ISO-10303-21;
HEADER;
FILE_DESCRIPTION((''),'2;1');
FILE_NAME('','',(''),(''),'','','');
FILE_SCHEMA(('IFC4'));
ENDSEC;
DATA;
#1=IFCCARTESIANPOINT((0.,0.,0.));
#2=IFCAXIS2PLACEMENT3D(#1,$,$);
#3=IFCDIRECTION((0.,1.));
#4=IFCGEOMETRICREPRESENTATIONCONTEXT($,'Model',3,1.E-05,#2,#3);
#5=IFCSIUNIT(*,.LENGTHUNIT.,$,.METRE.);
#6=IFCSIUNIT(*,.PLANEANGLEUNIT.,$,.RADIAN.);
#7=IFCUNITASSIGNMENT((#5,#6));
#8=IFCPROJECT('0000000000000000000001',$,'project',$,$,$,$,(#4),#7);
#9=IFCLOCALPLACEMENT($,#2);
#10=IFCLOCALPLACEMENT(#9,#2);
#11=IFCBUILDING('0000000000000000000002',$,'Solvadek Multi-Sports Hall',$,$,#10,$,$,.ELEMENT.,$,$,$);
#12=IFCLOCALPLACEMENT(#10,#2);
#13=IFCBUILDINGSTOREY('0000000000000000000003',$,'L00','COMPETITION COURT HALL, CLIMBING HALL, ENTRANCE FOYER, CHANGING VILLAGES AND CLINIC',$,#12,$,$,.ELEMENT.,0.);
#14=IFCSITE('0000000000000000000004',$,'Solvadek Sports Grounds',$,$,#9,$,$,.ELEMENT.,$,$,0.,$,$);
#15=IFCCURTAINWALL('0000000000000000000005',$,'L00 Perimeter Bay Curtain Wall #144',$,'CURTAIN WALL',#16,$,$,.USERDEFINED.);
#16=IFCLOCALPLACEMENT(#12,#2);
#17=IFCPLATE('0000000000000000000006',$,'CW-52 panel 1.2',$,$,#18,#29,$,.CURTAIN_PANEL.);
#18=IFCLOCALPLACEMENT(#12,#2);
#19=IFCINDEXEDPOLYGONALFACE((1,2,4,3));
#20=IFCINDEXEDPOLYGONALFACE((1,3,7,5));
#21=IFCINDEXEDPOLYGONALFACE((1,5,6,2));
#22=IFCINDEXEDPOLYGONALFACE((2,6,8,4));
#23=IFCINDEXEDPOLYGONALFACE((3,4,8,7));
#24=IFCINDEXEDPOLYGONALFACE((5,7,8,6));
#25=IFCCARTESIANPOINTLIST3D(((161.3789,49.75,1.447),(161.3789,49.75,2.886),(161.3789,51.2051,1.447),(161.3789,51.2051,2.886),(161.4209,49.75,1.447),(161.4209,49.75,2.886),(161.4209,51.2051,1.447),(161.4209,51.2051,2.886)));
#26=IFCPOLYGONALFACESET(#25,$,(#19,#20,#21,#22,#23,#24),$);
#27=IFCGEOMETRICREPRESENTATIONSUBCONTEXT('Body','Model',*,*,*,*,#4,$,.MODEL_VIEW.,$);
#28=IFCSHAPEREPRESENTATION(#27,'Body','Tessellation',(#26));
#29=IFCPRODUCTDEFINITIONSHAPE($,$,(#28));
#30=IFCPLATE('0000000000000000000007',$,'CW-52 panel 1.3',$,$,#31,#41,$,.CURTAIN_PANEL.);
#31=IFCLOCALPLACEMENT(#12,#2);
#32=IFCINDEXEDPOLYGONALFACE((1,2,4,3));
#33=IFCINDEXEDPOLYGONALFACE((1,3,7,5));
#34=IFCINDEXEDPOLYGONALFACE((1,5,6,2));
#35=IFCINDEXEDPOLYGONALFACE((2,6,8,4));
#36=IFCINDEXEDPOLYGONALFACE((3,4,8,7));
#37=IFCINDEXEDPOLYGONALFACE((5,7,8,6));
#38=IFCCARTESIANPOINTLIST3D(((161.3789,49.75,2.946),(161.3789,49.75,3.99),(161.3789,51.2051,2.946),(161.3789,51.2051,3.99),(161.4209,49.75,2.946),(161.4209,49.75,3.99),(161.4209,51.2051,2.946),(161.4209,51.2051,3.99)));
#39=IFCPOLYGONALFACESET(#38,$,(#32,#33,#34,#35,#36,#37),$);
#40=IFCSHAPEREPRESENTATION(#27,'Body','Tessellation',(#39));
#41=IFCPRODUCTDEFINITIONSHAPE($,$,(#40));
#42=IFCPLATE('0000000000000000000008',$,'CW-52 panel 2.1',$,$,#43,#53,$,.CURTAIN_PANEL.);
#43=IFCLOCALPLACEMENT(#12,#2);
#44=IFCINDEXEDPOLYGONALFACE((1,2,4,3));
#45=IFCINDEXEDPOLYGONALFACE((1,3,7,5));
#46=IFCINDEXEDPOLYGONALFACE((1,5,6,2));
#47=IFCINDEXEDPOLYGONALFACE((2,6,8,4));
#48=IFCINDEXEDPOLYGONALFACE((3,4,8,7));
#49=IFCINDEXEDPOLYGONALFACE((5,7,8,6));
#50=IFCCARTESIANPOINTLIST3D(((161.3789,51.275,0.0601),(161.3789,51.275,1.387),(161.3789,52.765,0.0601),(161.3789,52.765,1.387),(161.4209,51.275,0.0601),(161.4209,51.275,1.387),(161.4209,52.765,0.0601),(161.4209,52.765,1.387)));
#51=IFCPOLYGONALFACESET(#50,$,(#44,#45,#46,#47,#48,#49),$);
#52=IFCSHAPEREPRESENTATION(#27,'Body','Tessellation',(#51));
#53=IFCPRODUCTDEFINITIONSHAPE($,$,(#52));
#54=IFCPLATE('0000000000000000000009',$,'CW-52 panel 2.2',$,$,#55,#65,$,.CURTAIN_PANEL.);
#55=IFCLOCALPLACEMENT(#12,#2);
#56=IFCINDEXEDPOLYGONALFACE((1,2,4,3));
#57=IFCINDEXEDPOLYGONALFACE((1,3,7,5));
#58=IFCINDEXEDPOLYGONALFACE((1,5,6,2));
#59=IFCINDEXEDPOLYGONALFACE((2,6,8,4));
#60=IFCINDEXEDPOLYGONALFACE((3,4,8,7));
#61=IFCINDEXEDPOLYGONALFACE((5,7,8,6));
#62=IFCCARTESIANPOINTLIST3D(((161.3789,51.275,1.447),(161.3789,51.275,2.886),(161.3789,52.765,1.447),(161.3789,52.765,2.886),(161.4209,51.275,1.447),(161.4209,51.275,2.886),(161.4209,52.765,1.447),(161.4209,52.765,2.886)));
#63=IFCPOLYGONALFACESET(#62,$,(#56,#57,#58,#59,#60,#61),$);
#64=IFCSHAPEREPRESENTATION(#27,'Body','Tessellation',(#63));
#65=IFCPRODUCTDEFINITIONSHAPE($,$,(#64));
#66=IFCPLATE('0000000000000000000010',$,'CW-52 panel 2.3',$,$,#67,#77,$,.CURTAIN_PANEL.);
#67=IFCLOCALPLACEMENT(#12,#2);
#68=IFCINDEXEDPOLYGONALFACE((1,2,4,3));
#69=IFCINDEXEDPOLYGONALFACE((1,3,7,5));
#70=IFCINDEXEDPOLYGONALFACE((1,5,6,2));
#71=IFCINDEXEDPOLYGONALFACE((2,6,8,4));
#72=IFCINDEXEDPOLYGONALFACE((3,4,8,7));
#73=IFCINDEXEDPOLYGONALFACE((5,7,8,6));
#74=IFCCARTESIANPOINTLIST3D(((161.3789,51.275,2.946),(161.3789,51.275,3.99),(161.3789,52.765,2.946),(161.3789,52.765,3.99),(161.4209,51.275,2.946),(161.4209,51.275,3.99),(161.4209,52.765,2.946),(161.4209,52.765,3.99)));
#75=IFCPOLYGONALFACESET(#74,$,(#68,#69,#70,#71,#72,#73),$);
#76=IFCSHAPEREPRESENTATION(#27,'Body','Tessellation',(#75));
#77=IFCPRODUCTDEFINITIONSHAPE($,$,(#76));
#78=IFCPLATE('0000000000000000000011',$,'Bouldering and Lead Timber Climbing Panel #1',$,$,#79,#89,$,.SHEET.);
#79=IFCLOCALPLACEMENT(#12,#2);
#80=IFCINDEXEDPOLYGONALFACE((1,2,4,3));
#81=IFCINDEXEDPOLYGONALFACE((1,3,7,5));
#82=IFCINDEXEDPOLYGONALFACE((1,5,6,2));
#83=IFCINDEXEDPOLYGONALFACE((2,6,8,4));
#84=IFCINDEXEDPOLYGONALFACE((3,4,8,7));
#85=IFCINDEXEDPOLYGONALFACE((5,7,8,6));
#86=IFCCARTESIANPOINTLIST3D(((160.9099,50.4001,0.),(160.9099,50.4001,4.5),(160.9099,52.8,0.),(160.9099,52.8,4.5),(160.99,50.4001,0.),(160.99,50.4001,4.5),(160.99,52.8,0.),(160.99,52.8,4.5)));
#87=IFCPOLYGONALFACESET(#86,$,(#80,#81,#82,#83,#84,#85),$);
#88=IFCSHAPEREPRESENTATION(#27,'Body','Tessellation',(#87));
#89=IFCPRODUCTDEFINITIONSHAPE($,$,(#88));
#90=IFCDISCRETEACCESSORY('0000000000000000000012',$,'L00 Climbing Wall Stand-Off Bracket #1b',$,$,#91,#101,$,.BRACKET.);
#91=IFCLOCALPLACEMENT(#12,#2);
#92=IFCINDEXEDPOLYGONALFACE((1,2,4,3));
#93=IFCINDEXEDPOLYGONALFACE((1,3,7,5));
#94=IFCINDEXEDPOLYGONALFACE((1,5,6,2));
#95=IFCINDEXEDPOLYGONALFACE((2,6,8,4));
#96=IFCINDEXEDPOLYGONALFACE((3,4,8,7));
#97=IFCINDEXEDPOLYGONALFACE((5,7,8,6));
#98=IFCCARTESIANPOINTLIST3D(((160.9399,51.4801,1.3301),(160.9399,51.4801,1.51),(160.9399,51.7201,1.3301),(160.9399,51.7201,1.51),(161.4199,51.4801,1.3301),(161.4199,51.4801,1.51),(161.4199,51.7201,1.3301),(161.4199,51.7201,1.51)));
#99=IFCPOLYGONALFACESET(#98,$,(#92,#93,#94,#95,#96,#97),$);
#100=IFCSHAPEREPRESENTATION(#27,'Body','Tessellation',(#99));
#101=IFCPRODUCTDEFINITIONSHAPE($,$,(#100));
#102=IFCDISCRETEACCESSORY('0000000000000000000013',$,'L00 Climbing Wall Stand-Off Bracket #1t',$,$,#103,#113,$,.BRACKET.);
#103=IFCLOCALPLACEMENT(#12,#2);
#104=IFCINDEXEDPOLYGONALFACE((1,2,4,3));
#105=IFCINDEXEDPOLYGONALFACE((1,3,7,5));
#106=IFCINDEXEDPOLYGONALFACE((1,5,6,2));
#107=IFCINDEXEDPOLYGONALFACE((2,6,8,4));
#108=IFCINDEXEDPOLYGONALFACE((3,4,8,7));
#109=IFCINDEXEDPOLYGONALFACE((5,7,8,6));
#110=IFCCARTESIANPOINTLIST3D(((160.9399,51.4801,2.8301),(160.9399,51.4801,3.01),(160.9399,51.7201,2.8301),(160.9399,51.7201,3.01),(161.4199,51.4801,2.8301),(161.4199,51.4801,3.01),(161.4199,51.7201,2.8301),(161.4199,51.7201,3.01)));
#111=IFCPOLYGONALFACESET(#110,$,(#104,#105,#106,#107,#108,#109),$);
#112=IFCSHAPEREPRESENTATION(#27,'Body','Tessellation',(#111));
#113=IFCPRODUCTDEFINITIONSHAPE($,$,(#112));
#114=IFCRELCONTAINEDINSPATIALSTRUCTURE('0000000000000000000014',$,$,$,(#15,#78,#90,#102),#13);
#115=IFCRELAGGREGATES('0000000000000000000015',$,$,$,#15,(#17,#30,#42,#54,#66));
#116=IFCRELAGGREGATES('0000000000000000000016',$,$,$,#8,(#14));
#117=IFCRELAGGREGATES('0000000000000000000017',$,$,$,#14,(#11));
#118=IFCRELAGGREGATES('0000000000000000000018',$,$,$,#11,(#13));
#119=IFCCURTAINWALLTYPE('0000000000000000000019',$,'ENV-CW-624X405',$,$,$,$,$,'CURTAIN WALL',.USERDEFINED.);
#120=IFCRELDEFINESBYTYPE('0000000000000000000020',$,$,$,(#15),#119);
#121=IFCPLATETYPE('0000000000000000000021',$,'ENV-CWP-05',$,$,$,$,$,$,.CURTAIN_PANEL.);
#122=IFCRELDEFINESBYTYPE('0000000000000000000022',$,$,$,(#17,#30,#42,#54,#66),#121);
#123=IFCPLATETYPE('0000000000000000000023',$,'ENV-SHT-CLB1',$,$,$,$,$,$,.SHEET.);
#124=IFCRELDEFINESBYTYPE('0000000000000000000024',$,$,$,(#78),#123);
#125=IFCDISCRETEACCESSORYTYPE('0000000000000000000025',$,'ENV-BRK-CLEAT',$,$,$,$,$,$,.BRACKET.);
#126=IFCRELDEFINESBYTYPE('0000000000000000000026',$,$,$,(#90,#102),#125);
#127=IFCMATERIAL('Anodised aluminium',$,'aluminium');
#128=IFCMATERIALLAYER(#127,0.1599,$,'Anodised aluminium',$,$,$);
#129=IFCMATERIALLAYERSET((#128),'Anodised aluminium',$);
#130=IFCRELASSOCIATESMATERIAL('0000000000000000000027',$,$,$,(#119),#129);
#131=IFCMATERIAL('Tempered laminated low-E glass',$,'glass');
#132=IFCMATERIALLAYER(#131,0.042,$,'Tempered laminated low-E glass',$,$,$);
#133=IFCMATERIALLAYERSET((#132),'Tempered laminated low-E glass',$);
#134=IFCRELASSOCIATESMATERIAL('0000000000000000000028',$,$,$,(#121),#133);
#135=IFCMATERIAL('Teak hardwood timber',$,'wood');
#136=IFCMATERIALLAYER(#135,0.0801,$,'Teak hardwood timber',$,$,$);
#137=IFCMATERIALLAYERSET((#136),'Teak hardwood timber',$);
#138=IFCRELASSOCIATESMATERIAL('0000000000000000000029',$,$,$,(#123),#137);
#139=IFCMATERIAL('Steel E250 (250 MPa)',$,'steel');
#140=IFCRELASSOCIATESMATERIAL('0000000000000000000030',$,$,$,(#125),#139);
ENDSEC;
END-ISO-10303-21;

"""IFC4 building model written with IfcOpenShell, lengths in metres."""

from ifc_helpers import new_model, si_unit, direction, frame, origin, origin_2d, place, context, subcontext, project, spatial, rectangle, extrude, material, layer, layer_set, type_object, element, aggregate, save


model = new_model("IFC4")

# Units and contexts
model_context = context("Model", 3, precision=1e-05, world=origin(), true_north=direction((0.0, 1.0)))
body_context = subcontext(model_context, "Body", "Model", "MODEL_VIEW")
ifc_project = project(units=[si_unit("LENGTHUNIT", "METRE"), si_unit("PLANEANGLEUNIT", "RADIAN")], contexts=[model_context])

# Site, building, storey
site_placement = place(None, origin())
site = spatial("IfcSite", under=ifc_project, at=site_placement, Name="Solvadek Sports Grounds", CompositionType="ELEMENT", RefElevation=0.0)
building_placement = place(site_placement, origin())
building = spatial("IfcBuilding", under=site, at=building_placement, Name="Solvadek Multi-Sports Hall", CompositionType="ELEMENT")
storey_placement = place(building_placement, origin())
storey = spatial("IfcBuildingStorey", under=building, at=storey_placement, Name="L00", Description="COMPETITION COURT HALL, CLIMBING HALL, ENTRANCE FOYER, CHANGING VILLAGES AND CLINIC", CompositionType="ELEMENT", Elevation=0.0)

# Curtain wall, plates
ifc_material_1 = material(Name="Anodised aluminium", Category="aluminium")
ifc_layer_1 = layer(ifc_material_1, 0.1599, Name="Anodised aluminium")
ifc_layer_set_1 = layer_set([ifc_layer_1], Name="Anodised aluminium")
curtain_wall_type = type_object("IfcCurtainWallType", Name="ENV-CW-624X405", ElementType="CURTAIN WALL", PredefinedType="USERDEFINED", material=ifc_layer_set_1)
curtain_wall_placement = place(storey_placement, origin())
curtain_wall = element("IfcCurtainWall", 1, at=curtain_wall_placement, inside=storey, type_object=curtain_wall_type, Name="L00 Perimeter Bay Curtain Wall #144", ObjectType="CURTAIN WALL", PredefinedType="USERDEFINED")
ifc_material_2 = material(Name="Tempered laminated low-E glass", Category="glass")
ifc_layer_2 = layer(ifc_material_2, 0.042, Name="Tempered laminated low-E glass")
ifc_layer_set_2 = layer_set([ifc_layer_2], Name="Tempered laminated low-E glass")
plate_type_1 = type_object("IfcPlateType", Name="ENV-CWP-05", PredefinedType="CURTAIN_PANEL", material=ifc_layer_set_2)
plate_1_placement = place(storey_placement, frame((161.3999, 50.4775, 1.447), z_axis=(0.0, 0.0, 1.0), x_axis=(0.0, 1.0, 0.0)))
plate_1 = element("IfcPlate", 2, at=plate_1_placement, type_object=plate_type_1, Name="CW-52 panel 1.2", PredefinedType="CURTAIN_PANEL", context=body_context, shape_type="SweptSolid", body=[
    extrude(rectangle(XDim=1.4551, YDim=0.042, at=origin_2d()), origin(), (0.0, 0.0, 1.0), 1.439),
])
plate_2_placement = place(storey_placement, frame((161.3999, 50.4775, 2.946), z_axis=(0.0, 0.0, 1.0), x_axis=(0.0, 1.0, 0.0)))
plate_2 = element("IfcPlate", 3, at=plate_2_placement, type_object=plate_type_1, Name="CW-52 panel 1.3", PredefinedType="CURTAIN_PANEL", context=body_context, shape_type="SweptSolid", body=[
    extrude(rectangle(XDim=1.4551, YDim=0.042, at=origin_2d()), origin(), (0.0, 0.0, 1.0), 1.0439),
])
plate_3_placement = place(storey_placement, frame((161.3999, 52.02, 0.0601), z_axis=(0.0, 0.0, 1.0), x_axis=(0.0, 1.0, 0.0)))
plate_3 = element("IfcPlate", 4, at=plate_3_placement, type_object=plate_type_1, Name="CW-52 panel 2.1", PredefinedType="CURTAIN_PANEL", context=body_context, shape_type="SweptSolid", body=[
    extrude(rectangle(XDim=1.49, YDim=0.042, at=origin_2d()), origin(), (0.0, 0.0, 1.0), 1.3269),
])
plate_4_placement = place(storey_placement, frame((161.3999, 52.02, 1.447), z_axis=(0.0, 0.0, 1.0), x_axis=(0.0, 1.0, 0.0)))
plate_4 = element("IfcPlate", 5, at=plate_4_placement, type_object=plate_type_1, Name="CW-52 panel 2.2", PredefinedType="CURTAIN_PANEL", context=body_context, shape_type="SweptSolid", body=[
    extrude(rectangle(XDim=1.49, YDim=0.042, at=origin_2d()), origin(), (0.0, 0.0, 1.0), 1.439),
])
plate_5_placement = place(storey_placement, frame((161.3999, 52.02, 2.946), z_axis=(0.0, 0.0, 1.0), x_axis=(0.0, 1.0, 0.0)))
plate_5 = element("IfcPlate", 6, at=plate_5_placement, type_object=plate_type_1, Name="CW-52 panel 2.3", PredefinedType="CURTAIN_PANEL", context=body_context, shape_type="SweptSolid", body=[
    extrude(rectangle(XDim=1.49, YDim=0.042, at=origin_2d()), origin(), (0.0, 0.0, 1.0), 1.0439),
])
aggregate(curtain_wall, [plate_1, plate_2, plate_3, plate_4, plate_5])

# Plate
ifc_material_3 = material(Name="Teak hardwood timber", Category="wood")
ifc_layer_3 = layer(ifc_material_3, 0.0801, Name="Teak hardwood timber")
ifc_layer_set_3 = layer_set([ifc_layer_3], Name="Teak hardwood timber")
plate_type_2 = type_object("IfcPlateType", Name="ENV-SHT-CLB1", PredefinedType="SHEET", material=ifc_layer_set_3)
plate_6_placement = place(storey_placement, frame((160.95, 51.6001, 0.0), z_axis=(0.0, 0.0, 1.0), x_axis=(0.0, 1.0, 0.0)))
element("IfcPlate", 7, at=plate_6_placement, inside=storey, type_object=plate_type_2, Name="Bouldering and Lead Timber Climbing Panel #1", PredefinedType="SHEET", context=body_context, shape_type="SweptSolid", body=[
    extrude(rectangle(XDim=2.3999, YDim=0.0801, at=origin_2d()), origin(), (0.0, 0.0, 1.0), 4.5),
])

# Discrete accessories
ifc_material_4 = material(Name="Steel E250 (250 MPa)", Category="steel")
discrete_accessory_type = type_object("IfcDiscreteAccessoryType", Name="ENV-BRK-CLEAT", PredefinedType="BRACKET", material=ifc_material_4)
for number, where, z_axis, x_axis, name in (
    (8, (161.1799, 51.6001, 1.3301), (0.0, 0.0, 1.0), (1.0, 0.0, 0.0), "L00 Climbing Wall Stand-Off Bracket #1b"),
    (9, (161.1799, 51.6001, 2.8301), (0.0, 0.0, 1.0), (1.0, 0.0, 0.0), "L00 Climbing Wall Stand-Off Bracket #1t"),
):
    element("IfcDiscreteAccessory", number, at=place(storey_placement, frame(where, z_axis=z_axis, x_axis=x_axis)), inside=storey, type_object=discrete_accessory_type, Name=name, PredefinedType="BRACKET", context=body_context, shape_type="SweptSolid", body=[
        extrude(rectangle(XDim=0.48, YDim=0.24, at=origin_2d()), origin(), (0.0, 0.0, 1.0), 0.1799),
    ])

save(model, "model.ifc")
